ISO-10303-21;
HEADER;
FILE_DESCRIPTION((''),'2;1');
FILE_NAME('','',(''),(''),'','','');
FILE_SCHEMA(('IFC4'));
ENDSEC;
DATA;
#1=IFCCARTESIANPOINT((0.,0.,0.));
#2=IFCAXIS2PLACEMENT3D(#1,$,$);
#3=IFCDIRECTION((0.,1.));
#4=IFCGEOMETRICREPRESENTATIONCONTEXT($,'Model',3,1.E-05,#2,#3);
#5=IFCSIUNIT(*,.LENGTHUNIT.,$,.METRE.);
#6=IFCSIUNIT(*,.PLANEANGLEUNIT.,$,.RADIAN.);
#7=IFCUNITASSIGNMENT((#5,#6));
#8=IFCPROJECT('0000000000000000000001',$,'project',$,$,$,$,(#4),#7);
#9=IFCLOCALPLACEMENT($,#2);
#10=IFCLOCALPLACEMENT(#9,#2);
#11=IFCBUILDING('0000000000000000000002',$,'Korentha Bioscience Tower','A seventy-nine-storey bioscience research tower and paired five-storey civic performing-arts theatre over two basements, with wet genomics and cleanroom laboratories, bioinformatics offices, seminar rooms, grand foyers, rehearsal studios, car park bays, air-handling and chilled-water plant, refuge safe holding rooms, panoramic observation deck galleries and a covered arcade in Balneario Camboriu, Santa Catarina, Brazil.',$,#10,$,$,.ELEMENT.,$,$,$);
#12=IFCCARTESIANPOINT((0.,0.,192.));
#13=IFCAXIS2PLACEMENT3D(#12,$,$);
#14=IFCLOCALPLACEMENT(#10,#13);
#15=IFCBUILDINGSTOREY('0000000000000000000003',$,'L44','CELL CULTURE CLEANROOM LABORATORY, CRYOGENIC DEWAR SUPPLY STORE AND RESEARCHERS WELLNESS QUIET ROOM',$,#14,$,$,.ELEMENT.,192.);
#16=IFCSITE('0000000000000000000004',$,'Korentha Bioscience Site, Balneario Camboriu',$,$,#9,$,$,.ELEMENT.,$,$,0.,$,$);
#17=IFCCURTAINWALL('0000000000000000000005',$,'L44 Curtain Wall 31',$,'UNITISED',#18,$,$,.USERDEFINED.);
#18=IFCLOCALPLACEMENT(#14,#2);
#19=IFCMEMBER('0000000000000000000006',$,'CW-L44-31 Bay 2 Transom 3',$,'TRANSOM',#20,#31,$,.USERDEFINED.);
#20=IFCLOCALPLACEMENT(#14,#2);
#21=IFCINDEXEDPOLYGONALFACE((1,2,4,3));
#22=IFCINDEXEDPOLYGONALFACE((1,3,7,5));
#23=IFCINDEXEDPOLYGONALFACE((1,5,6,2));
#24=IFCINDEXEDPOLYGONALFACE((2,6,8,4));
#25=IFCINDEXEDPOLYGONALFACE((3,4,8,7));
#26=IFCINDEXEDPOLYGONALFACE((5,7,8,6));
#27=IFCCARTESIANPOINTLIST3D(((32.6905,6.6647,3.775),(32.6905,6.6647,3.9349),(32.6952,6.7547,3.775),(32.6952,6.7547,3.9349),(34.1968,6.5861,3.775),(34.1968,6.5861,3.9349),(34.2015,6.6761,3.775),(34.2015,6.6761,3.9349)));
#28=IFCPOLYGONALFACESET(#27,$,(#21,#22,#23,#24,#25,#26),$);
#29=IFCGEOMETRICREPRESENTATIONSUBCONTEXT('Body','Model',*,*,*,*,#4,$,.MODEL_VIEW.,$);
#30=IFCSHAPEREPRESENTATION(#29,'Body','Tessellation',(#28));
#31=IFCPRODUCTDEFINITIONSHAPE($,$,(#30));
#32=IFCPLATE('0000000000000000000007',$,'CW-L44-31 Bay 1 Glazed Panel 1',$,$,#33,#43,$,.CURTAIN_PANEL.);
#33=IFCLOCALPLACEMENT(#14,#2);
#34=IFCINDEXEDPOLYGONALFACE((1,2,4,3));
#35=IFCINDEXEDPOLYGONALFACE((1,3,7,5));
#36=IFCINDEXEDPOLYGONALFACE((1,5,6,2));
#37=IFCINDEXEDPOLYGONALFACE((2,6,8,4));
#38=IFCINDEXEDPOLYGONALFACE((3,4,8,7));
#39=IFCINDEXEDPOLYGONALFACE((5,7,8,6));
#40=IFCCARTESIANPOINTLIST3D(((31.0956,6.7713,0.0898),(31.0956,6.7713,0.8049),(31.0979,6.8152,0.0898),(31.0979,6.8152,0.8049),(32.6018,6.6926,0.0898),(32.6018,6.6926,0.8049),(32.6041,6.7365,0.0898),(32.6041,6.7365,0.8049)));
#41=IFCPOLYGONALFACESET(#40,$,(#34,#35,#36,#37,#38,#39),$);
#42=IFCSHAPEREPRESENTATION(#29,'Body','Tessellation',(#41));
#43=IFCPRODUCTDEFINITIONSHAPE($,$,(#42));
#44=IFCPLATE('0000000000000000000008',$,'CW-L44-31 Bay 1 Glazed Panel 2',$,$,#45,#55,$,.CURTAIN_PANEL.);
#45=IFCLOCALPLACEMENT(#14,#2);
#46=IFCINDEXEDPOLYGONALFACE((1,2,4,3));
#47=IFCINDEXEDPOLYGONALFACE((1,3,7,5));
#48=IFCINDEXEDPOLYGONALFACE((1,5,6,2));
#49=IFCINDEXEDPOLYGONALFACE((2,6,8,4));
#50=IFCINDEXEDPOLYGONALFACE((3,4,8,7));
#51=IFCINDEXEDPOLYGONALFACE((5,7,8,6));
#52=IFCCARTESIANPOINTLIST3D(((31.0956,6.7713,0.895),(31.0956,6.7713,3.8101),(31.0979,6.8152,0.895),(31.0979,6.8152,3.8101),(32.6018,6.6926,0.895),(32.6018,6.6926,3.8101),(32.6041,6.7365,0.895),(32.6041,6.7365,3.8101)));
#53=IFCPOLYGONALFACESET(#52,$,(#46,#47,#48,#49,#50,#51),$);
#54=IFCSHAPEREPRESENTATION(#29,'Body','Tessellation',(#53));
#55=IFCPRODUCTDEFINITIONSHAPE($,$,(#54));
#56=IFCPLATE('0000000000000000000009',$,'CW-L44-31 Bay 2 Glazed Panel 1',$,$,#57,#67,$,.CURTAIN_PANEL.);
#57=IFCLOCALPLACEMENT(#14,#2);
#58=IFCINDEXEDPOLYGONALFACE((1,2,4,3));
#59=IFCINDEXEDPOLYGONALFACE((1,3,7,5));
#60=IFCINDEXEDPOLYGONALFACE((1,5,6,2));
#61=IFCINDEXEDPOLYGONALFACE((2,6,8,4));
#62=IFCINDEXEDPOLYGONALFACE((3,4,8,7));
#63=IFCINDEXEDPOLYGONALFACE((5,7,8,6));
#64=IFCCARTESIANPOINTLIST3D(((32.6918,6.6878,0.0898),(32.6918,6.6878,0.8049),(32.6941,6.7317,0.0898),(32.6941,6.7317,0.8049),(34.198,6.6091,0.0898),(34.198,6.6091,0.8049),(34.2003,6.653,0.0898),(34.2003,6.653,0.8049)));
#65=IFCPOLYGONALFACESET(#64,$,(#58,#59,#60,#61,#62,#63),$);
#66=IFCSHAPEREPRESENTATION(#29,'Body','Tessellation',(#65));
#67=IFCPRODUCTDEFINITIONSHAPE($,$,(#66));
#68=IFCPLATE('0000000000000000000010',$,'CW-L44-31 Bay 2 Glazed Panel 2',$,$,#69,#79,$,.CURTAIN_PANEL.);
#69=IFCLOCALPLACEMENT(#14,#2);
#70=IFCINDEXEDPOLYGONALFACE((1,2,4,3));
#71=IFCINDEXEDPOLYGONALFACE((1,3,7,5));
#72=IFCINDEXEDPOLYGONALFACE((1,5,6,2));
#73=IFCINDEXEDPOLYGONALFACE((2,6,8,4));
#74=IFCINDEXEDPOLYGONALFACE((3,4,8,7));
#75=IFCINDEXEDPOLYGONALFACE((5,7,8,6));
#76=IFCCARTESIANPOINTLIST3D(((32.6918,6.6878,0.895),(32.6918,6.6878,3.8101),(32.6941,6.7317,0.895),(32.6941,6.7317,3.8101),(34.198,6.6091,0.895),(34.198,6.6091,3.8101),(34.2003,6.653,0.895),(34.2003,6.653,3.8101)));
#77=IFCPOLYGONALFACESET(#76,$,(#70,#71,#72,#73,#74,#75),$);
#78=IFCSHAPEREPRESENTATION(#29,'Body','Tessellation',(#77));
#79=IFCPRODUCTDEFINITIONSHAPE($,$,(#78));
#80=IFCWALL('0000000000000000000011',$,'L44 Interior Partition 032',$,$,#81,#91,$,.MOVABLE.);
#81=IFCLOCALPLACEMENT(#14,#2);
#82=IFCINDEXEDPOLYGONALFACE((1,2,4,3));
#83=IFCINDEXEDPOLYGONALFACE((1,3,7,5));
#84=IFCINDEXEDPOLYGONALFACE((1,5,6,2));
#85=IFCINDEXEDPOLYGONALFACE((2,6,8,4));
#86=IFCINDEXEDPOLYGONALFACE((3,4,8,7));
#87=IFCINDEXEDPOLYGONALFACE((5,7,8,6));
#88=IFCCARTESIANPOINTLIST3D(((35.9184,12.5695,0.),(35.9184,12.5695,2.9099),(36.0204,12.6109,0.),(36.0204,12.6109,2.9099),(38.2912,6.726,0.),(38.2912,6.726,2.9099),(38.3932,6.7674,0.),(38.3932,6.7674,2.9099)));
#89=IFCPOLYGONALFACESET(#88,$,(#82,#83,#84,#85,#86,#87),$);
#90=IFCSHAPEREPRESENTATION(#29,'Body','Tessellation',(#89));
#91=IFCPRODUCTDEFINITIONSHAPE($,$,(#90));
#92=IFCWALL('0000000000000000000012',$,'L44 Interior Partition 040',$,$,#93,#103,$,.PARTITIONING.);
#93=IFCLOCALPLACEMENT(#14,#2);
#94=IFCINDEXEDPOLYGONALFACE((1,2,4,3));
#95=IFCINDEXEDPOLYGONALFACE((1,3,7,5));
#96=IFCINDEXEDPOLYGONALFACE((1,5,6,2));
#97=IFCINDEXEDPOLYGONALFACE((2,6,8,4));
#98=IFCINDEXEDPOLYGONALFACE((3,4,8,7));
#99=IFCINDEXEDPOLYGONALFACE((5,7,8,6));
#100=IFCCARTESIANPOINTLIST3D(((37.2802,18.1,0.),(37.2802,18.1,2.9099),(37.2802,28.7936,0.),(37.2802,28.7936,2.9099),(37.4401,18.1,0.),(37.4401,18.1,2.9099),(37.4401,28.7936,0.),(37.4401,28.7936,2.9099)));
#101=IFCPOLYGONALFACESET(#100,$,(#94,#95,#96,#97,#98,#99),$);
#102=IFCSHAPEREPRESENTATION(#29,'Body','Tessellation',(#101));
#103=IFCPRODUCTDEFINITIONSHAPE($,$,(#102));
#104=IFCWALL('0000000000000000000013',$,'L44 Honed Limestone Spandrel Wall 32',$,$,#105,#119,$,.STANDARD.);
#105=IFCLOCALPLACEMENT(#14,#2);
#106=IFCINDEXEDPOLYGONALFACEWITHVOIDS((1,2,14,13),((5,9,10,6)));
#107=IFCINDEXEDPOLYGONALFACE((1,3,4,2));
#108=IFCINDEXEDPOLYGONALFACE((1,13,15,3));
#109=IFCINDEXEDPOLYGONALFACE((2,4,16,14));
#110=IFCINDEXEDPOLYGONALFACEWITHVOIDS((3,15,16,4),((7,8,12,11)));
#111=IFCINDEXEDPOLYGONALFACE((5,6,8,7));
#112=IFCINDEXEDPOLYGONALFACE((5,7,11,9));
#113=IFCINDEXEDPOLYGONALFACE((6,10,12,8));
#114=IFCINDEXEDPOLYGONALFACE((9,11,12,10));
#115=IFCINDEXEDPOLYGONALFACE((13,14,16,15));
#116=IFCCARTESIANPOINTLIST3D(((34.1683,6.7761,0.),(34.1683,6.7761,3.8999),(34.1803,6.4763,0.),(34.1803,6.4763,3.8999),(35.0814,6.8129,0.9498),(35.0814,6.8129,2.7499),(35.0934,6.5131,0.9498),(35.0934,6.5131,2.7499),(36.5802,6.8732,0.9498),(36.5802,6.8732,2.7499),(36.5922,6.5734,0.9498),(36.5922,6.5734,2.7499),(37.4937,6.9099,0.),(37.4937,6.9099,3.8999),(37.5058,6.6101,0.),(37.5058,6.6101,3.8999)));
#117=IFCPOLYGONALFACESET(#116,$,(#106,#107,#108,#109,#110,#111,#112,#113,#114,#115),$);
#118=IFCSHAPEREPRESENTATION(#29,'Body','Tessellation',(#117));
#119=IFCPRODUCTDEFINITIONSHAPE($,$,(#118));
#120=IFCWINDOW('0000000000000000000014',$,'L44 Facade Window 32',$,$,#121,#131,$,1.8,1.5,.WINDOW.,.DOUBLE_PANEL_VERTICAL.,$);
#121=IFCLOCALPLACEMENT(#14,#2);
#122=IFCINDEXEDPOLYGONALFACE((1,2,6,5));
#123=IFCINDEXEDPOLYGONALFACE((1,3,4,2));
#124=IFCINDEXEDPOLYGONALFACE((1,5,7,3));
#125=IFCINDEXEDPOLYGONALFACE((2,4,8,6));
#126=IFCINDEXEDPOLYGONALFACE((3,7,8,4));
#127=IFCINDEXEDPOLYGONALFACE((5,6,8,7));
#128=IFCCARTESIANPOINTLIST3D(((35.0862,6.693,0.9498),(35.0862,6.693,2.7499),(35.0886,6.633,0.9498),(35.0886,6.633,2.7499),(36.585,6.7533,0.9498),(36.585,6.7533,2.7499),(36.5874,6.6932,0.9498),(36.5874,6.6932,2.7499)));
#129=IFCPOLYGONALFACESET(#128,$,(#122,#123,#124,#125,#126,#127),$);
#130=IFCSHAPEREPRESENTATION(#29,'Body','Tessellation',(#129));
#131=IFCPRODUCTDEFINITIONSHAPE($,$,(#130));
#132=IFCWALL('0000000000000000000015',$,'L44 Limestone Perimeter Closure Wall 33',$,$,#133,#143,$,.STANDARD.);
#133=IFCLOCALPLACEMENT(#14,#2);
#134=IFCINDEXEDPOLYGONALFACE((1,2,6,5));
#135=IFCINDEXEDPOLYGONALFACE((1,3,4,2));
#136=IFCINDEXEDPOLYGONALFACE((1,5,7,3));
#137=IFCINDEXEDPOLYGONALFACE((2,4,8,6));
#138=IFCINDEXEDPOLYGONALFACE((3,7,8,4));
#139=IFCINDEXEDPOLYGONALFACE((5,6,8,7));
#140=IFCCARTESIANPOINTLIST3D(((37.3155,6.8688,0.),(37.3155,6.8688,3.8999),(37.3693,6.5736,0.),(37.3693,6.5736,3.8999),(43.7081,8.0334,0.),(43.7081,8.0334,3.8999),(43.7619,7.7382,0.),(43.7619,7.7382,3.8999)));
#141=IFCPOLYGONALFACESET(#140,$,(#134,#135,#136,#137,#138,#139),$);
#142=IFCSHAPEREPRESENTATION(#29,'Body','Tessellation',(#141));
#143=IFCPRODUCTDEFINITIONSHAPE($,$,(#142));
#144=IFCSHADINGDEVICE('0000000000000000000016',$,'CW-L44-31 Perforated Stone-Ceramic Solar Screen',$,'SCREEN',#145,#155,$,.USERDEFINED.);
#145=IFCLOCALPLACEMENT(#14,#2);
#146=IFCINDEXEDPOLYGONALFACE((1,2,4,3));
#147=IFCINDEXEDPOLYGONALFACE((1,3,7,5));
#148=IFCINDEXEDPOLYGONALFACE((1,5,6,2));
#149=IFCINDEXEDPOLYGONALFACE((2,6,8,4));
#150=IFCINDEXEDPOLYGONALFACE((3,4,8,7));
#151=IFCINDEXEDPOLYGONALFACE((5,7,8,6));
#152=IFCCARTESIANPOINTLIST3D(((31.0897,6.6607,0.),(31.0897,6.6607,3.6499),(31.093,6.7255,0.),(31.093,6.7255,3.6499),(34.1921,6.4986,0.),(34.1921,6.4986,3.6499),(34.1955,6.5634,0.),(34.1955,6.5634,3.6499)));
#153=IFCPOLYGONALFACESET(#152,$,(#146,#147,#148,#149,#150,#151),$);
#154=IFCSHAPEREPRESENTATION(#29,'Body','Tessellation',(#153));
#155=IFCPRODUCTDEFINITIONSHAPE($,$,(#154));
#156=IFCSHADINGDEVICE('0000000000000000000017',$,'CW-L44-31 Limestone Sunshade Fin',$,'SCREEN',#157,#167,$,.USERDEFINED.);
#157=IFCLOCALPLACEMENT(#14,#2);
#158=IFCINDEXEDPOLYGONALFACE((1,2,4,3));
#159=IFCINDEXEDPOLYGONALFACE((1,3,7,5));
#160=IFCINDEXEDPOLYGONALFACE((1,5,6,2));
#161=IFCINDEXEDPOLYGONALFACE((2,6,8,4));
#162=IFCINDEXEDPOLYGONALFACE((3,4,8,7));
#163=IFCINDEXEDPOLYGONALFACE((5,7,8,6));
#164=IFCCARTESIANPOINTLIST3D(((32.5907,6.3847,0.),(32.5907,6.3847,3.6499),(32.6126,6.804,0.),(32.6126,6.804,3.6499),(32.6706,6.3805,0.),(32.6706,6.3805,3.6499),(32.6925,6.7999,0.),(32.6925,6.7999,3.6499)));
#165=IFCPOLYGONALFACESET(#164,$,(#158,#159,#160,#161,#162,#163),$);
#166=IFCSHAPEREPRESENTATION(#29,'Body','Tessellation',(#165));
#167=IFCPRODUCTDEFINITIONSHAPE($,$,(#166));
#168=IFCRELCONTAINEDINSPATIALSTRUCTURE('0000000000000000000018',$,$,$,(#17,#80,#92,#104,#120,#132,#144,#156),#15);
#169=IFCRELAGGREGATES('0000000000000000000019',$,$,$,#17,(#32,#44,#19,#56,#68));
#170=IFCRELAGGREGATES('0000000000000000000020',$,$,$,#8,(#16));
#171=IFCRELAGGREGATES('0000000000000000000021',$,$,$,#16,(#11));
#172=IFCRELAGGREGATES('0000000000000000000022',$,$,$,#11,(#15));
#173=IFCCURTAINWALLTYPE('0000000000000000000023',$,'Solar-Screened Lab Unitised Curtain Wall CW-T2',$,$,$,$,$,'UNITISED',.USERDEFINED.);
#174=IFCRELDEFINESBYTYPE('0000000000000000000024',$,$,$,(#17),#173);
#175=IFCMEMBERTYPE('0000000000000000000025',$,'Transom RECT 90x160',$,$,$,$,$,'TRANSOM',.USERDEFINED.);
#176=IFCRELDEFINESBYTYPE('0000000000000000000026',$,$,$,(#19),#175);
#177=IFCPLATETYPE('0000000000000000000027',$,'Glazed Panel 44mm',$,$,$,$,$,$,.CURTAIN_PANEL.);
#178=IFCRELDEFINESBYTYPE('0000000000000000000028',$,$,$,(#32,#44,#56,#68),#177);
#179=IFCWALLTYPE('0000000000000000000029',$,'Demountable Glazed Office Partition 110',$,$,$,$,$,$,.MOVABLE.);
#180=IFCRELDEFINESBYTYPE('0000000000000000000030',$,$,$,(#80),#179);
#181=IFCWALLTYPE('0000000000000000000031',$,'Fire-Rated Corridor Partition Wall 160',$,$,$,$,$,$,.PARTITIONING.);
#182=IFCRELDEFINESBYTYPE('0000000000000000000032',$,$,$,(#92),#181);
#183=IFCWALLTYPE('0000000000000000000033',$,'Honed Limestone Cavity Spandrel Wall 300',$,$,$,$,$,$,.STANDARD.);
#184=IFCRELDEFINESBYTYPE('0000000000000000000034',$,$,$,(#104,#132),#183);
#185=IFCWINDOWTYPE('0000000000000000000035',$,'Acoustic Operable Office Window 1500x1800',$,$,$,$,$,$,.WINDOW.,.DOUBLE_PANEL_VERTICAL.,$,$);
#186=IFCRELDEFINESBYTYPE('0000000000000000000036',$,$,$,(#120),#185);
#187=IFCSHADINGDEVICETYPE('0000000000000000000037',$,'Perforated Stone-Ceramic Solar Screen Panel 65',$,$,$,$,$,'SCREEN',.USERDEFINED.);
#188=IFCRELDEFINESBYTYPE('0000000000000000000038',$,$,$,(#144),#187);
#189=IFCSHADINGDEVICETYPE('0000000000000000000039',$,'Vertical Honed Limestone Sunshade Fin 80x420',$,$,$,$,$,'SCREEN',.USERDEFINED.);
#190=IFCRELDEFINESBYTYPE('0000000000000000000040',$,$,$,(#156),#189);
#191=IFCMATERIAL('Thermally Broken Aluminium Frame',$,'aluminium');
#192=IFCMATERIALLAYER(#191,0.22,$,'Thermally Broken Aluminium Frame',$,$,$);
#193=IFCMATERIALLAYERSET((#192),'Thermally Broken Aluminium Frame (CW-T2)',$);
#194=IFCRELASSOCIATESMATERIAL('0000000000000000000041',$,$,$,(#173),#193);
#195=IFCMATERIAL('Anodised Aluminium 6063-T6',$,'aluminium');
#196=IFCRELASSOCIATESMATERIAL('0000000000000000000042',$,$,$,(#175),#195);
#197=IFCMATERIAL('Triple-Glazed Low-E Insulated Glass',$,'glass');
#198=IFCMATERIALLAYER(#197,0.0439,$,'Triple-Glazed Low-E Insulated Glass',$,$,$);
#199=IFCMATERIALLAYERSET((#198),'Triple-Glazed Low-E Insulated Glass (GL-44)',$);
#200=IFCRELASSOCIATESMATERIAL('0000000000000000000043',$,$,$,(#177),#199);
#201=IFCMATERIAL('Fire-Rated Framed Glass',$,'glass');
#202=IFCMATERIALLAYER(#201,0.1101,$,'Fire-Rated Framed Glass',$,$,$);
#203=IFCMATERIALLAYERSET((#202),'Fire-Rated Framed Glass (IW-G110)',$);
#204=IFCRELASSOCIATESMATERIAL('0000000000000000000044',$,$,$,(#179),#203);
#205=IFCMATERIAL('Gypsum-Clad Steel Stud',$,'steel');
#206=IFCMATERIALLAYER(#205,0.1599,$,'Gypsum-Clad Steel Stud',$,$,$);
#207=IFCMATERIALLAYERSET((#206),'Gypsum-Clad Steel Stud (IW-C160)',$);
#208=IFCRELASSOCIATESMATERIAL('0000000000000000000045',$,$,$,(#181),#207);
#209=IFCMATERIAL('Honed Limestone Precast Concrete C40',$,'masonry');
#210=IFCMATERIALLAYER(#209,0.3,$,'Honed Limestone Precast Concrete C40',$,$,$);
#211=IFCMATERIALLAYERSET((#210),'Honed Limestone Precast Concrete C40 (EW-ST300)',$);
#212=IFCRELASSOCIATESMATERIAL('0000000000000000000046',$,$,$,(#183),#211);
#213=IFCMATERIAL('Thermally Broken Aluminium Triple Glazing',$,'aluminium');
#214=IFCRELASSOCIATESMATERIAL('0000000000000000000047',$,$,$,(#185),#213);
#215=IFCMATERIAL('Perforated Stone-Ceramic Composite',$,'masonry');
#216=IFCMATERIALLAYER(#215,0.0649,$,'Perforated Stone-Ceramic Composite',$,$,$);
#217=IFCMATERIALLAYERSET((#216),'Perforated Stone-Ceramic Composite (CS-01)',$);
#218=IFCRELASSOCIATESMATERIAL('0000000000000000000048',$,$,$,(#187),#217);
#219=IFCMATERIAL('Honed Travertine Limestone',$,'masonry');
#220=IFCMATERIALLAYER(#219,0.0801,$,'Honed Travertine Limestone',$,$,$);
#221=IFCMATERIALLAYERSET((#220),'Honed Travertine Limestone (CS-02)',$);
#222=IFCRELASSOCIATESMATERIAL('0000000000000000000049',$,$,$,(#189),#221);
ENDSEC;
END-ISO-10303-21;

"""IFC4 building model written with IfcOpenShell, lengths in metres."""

from ifc_helpers import new_model, si_unit, direction, frame, frame_2d, origin, origin_2d, place, context, subcontext, project, spatial, rectangle, extrude, material, layer, layer_set, material_profile, profile_set, type_object, element, fill, aggregate, save


model = new_model("IFC4")

# Units and contexts
model_context = context("Model", 3, precision=1e-05, world=origin(), true_north=direction((0.0, 1.0)))
body_context = subcontext(model_context, "Body", "Model", "MODEL_VIEW")
ifc_project = project(units=[si_unit("LENGTHUNIT", "METRE"), si_unit("PLANEANGLEUNIT", "RADIAN")], contexts=[model_context])

# Site, building, storey
site_placement = place(None, origin())
site = spatial("IfcSite", under=ifc_project, at=site_placement, Name="Korentha Bioscience Site, Balneario Camboriu", CompositionType="ELEMENT", RefElevation=0.0)
building_placement = place(site_placement, origin())
building = spatial("IfcBuilding", under=site, at=building_placement, Name="Korentha Bioscience Tower", Description="A seventy-nine-storey bioscience research tower and paired five-storey civic performing-arts theatre over two basements, with wet genomics and cleanroom laboratories, bioinformatics offices, seminar rooms, grand foyers, rehearsal studios, car park bays, air-handling and chilled-water plant, refuge safe holding rooms, panoramic observation deck galleries and a covered arcade in Balneario Camboriu, Santa Catarina, Brazil.", CompositionType="ELEMENT")
storey_placement = place(building_placement, frame((0.0, 0.0, 192.0)))
storey = spatial("IfcBuildingStorey", under=building, at=storey_placement, Name="L44", Description="CELL CULTURE CLEANROOM LABORATORY, CRYOGENIC DEWAR SUPPLY STORE AND RESEARCHERS WELLNESS QUIET ROOM", CompositionType="ELEMENT", Elevation=192.0)

# Curtain wall
ifc_material_1 = material(Name="Thermally Broken Aluminium Frame", Category="aluminium")
ifc_layer_1 = layer(ifc_material_1, 0.22, Name="Thermally Broken Aluminium Frame")
ifc_layer_set_1 = layer_set([ifc_layer_1], Name="Thermally Broken Aluminium Frame (CW-T2)")
curtain_wall_type = type_object("IfcCurtainWallType", Name="Solar-Screened Lab Unitised Curtain Wall CW-T2", ElementType="UNITISED", PredefinedType="USERDEFINED", material=ifc_layer_set_1)
curtain_wall_placement = place(storey_placement, origin())
curtain_wall = element("IfcCurtainWall", 1, at=curtain_wall_placement, inside=storey, type_object=curtain_wall_type, Name="L44 Curtain Wall 31", ObjectType="UNITISED", PredefinedType="USERDEFINED")
ifc_material_2 = material(Name="Anodised Aluminium 6063-T6", Category="aluminium")

# Member
ifc_material_profile_1 = material_profile(ifc_material_2, rectangle(XDim=0.0901, YDim=0.1599, at=origin_2d()), Name="Anodised Aluminium 6063-T6")
ifc_profile_set_1 = profile_set([ifc_material_profile_1], Name="Anodised Aluminium 6063-T6 (CW-TRN)")
member_type_1 = type_object("IfcMemberType", Name="Transom RECT 90x160", ElementType="TRANSOM", PredefinedType="USERDEFINED", material=ifc_profile_set_1)
member_1_placement = place(storey_placement, frame((32.6929, 6.7097, 3.855), z_axis=(0.998641, -0.052117, 0.0), x_axis=(0.052117, 0.998641, 0.0)))
member_1 = element("IfcMember", 2, at=member_1_placement, type_object=member_type_1, Name="CW-L44-31 Bay 2 Transom 3", ObjectType="TRANSOM", PredefinedType="USERDEFINED", context=body_context, shape_type="SweptSolid", body=[
    extrude(rectangle(XDim=0.0901, YDim=0.1599, at=origin_2d()), origin(), (0.0, 0.0, 1.0), 1.5083),
])

# Plates
ifc_material_3 = material(Name="Triple-Glazed Low-E Insulated Glass", Category="glass")
ifc_layer_2 = layer(ifc_material_3, 0.0439, Name="Triple-Glazed Low-E Insulated Glass")
ifc_layer_set_2 = layer_set([ifc_layer_2], Name="Triple-Glazed Low-E Insulated Glass (GL-44)")
plate_type = type_object("IfcPlateType", Name="Glazed Panel 44mm", PredefinedType="CURTAIN_PANEL", material=ifc_layer_set_2)
plate_1_placement = place(storey_placement, frame((31.8499, 6.7539, 0.0898), z_axis=(0.0, 0.0, 1.0), x_axis=(0.998638, -0.05218, 0.0)))
plate_1 = element("IfcPlate", 3, at=plate_1_placement, type_object=plate_type, Name="CW-L44-31 Bay 1 Glazed Panel 1", PredefinedType="CURTAIN_PANEL", context=body_context, shape_type="SweptSolid", body=[
    extrude(rectangle(XDim=1.5083, YDim=0.0439, at=origin_2d()), origin(), (0.0, 0.0, 1.0), 0.7151),
])
plate_2_placement = place(storey_placement, frame((31.8499, 6.7539, 0.895), z_axis=(0.0, 0.0, 1.0), x_axis=(0.998638, -0.05218, 0.0)))
plate_2 = element("IfcPlate", 4, at=plate_2_placement, type_object=plate_type, Name="CW-L44-31 Bay 1 Glazed Panel 2", PredefinedType="CURTAIN_PANEL", context=body_context, shape_type="SweptSolid", body=[
    extrude(rectangle(XDim=1.5083, YDim=0.0439, at=origin_2d()), origin(), (0.0, 0.0, 1.0), 2.915),
])
plate_3_placement = place(storey_placement, frame((33.446, 6.6704, 0.0898), z_axis=(0.0, 0.0, 1.0), x_axis=(0.998638, -0.05218, 0.0)))
plate_3 = element("IfcPlate", 5, at=plate_3_placement, type_object=plate_type, Name="CW-L44-31 Bay 2 Glazed Panel 1", PredefinedType="CURTAIN_PANEL", context=body_context, shape_type="SweptSolid", body=[
    extrude(rectangle(XDim=1.5083, YDim=0.0439, at=origin_2d()), origin(), (0.0, 0.0, 1.0), 0.7151),
])
plate_4_placement = place(storey_placement, frame((33.446, 6.6704, 0.895), z_axis=(0.0, 0.0, 1.0), x_axis=(0.998638, -0.05218, 0.0)))
plate_4 = element("IfcPlate", 6, at=plate_4_placement, type_object=plate_type, Name="CW-L44-31 Bay 2 Glazed Panel 2", PredefinedType="CURTAIN_PANEL", context=body_context, shape_type="SweptSolid", body=[
    extrude(rectangle(XDim=1.5083, YDim=0.0439, at=origin_2d()), origin(), (0.0, 0.0, 1.0), 2.915),
])
aggregate(curtain_wall, [plate_1, plate_2, member_1, plate_3, plate_4])

# Walls
ifc_material_4 = material(Name="Fire-Rated Framed Glass", Category="glass")
ifc_layer_3 = layer(ifc_material_4, 0.1101, Name="Fire-Rated Framed Glass")
ifc_layer_set_3 = layer_set([ifc_layer_3], Name="Fire-Rated Framed Glass (IW-G110)")
wall_type_1 = type_object("IfcWallType", Name="Demountable Glazed Office Partition 110", PredefinedType="MOVABLE", material=ifc_layer_set_3)
wall_1_placement = place(storey_placement, frame((35.9695, 12.5901, 0.0), z_axis=(0.0, 0.0, 1.0), x_axis=(0.376224, -0.926529, 0.0)))
element("IfcWall", 7, at=wall_1_placement, inside=storey, type_object=wall_type_1, Name="L44 Interior Partition 032", PredefinedType="MOVABLE", context=body_context, shape_type="SweptSolid", body=[
    extrude(rectangle(XDim=6.3069, YDim=0.1101, at=frame_2d((3.1533, 0.0))), origin(), (0.0, 0.0, 1.0), 2.9099),
])
ifc_material_5 = material(Name="Gypsum-Clad Steel Stud", Category="steel")
ifc_layer_4 = layer(ifc_material_5, 0.1599, Name="Gypsum-Clad Steel Stud")
ifc_layer_set_4 = layer_set([ifc_layer_4], Name="Gypsum-Clad Steel Stud (IW-C160)")
wall_type_2 = type_object("IfcWallType", Name="Fire-Rated Corridor Partition Wall 160", PredefinedType="PARTITIONING", material=ifc_layer_set_4)
wall_2_placement = place(storey_placement, frame((37.3601, 18.1001, 0.0), z_axis=(0.0, 0.0, 1.0), x_axis=(0.0, 1.0, 0.0)))
element("IfcWall", 8, at=wall_2_placement, inside=storey, type_object=wall_type_2, Name="L44 Interior Partition 040", PredefinedType="PARTITIONING", context=body_context, shape_type="SweptSolid", body=[
    extrude(rectangle(XDim=10.6936, YDim=0.1599, at=frame_2d((5.3467, 0.0))), origin(), (0.0, 0.0, 1.0), 2.9099),
])

# Wall, opening, window
ifc_material_6 = material(Name="Honed Limestone Precast Concrete C40", Category="masonry")
ifc_layer_5 = layer(ifc_material_6, 0.3, Name="Honed Limestone Precast Concrete C40")
ifc_layer_set_5 = layer_set([ifc_layer_5], Name="Honed Limestone Precast Concrete C40 (EW-ST300)")
wall_type_3 = type_object("IfcWallType", Name="Honed Limestone Cavity Spandrel Wall 300", PredefinedType="STANDARD", material=ifc_layer_set_5)
wall_3_placement = place(storey_placement, frame((34.1743, 6.6262, 0.0), z_axis=(0.0, 0.0, 1.0), x_axis=(0.999192, 0.040199, 0.0)))
wall_3 = element("IfcWall", 9, at=wall_3_placement, inside=storey, type_object=wall_type_3, Name="L44 Honed Limestone Spandrel Wall 32", PredefinedType="STANDARD", context=body_context, shape_type="SweptSolid", body=[
    extrude(rectangle(XDim=3.3281, YDim=0.3, at=frame_2d((1.6641, 0.0))), origin(), (0.0, 0.0, 1.0), 3.8999),
])
opening_1_placement = place(wall_3_placement, frame((0.9138, 0.0, 0.95)))
opening_1 = element("IfcOpeningElement", 10, at=opening_1_placement, cuts=wall_3, PredefinedType="OPENING", context=body_context, shape_type="SweptSolid", body=[
    extrude(rectangle(XDim=1.5, YDim=1.8, at=frame_2d((0.75, 0.8999))), frame((0.0, 0.165, 0.0), z_axis=(0.0, -1.0, 0.0), x_axis=(1.0, 0.0, 0.0)), (0.0, 0.0, 1.0), 0.3298),
])
ifc_material_7 = material(Name="Thermally Broken Aluminium Triple Glazing", Category="aluminium")
window_type = type_object("IfcWindowType", Name="Acoustic Operable Office Window 1500x1800", PartitioningType="DOUBLE_PANEL_VERTICAL", PredefinedType="WINDOW", material=ifc_material_7)
window_placement = place(opening_1_placement, origin())
window = element("IfcWindow", 11, at=window_placement, inside=storey, type_object=window_type, Name="L44 Facade Window 32", OverallHeight=1.8, OverallWidth=1.5, PartitioningType="DOUBLE_PANEL_VERTICAL", PredefinedType="WINDOW", context=body_context, shape_type="SweptSolid", body=[
    extrude(rectangle(XDim=1.5, YDim=1.8, at=frame_2d((0.75, 0.8999))), frame((0.0, 0.03, 0.0), z_axis=(0.0, -1.0, 0.0), x_axis=(1.0, 0.0, 0.0)), (0.0, 0.0, 1.0), 0.0601),
])
fill(opening_1, window)

# Wall
wall_4_placement = place(storey_placement, frame((37.3423, 6.7212, 0.0), z_axis=(0.0, 0.0, 1.0), x_axis=(0.983809, 0.179223, 0.0)))
element("IfcWall", 12, at=wall_4_placement, inside=storey, type_object=wall_type_3, Name="L44 Limestone Perimeter Closure Wall 33", PredefinedType="STANDARD", context=body_context, shape_type="SweptSolid", body=[
    extrude(rectangle(XDim=6.4978, YDim=0.3, at=frame_2d((3.249, 0.0))), origin(), (0.0, 0.0, 1.0), 3.8999),
])

# Shading devices
ifc_material_8 = material(Name="Perforated Stone-Ceramic Composite", Category="masonry")
ifc_layer_6 = layer(ifc_material_8, 0.0649, Name="Perforated Stone-Ceramic Composite")
ifc_layer_set_6 = layer_set([ifc_layer_6], Name="Perforated Stone-Ceramic Composite (CS-01)")
shading_device_type_1 = type_object("IfcShadingDeviceType", Name="Perforated Stone-Ceramic Solar Screen Panel 65", ElementType="SCREEN", PredefinedType="USERDEFINED", material=ifc_layer_set_6)
shading_device_1_placement = place(storey_placement, frame((32.6426, 6.6121, 0.0), z_axis=(0.0, 0.0, 1.0), x_axis=(0.998638, -0.05218, 0.0)))
element("IfcShadingDevice", 13, at=shading_device_1_placement, inside=storey, type_object=shading_device_type_1, Name="CW-L44-31 Perforated Stone-Ceramic Solar Screen", ObjectType="SCREEN", PredefinedType="USERDEFINED", context=body_context, shape_type="SweptSolid", body=[
    extrude(rectangle(XDim=3.1067, YDim=0.0649, at=origin_2d()), origin(), (0.0, 0.0, 1.0), 3.6499),
])
ifc_material_9 = material(Name="Honed Travertine Limestone", Category="masonry")
ifc_layer_7 = layer(ifc_material_9, 0.0801, Name="Honed Travertine Limestone")
ifc_layer_set_7 = layer_set([ifc_layer_7], Name="Honed Travertine Limestone (CS-02)")
shading_device_type_2 = type_object("IfcShadingDeviceType", Name="Vertical Honed Limestone Sunshade Fin 80x420", ElementType="SCREEN", PredefinedType="USERDEFINED", material=ifc_layer_set_7)
shading_device_2_placement = place(storey_placement, frame((32.6416, 6.5923, 0.0), z_axis=(0.0, 0.0, 1.0), x_axis=(0.998638, -0.05218, 0.0)))
element("IfcShadingDevice", 14, at=shading_device_2_placement, inside=storey, type_object=shading_device_type_2, Name="CW-L44-31 Limestone Sunshade Fin", ObjectType="SCREEN", PredefinedType="USERDEFINED", context=body_context, shape_type="SweptSolid", body=[
    extrude(rectangle(XDim=0.0801, YDim=0.4199, at=origin_2d()), origin(), (0.0, 0.0, 1.0), 3.6499),
])

save(model, "model.ifc")
